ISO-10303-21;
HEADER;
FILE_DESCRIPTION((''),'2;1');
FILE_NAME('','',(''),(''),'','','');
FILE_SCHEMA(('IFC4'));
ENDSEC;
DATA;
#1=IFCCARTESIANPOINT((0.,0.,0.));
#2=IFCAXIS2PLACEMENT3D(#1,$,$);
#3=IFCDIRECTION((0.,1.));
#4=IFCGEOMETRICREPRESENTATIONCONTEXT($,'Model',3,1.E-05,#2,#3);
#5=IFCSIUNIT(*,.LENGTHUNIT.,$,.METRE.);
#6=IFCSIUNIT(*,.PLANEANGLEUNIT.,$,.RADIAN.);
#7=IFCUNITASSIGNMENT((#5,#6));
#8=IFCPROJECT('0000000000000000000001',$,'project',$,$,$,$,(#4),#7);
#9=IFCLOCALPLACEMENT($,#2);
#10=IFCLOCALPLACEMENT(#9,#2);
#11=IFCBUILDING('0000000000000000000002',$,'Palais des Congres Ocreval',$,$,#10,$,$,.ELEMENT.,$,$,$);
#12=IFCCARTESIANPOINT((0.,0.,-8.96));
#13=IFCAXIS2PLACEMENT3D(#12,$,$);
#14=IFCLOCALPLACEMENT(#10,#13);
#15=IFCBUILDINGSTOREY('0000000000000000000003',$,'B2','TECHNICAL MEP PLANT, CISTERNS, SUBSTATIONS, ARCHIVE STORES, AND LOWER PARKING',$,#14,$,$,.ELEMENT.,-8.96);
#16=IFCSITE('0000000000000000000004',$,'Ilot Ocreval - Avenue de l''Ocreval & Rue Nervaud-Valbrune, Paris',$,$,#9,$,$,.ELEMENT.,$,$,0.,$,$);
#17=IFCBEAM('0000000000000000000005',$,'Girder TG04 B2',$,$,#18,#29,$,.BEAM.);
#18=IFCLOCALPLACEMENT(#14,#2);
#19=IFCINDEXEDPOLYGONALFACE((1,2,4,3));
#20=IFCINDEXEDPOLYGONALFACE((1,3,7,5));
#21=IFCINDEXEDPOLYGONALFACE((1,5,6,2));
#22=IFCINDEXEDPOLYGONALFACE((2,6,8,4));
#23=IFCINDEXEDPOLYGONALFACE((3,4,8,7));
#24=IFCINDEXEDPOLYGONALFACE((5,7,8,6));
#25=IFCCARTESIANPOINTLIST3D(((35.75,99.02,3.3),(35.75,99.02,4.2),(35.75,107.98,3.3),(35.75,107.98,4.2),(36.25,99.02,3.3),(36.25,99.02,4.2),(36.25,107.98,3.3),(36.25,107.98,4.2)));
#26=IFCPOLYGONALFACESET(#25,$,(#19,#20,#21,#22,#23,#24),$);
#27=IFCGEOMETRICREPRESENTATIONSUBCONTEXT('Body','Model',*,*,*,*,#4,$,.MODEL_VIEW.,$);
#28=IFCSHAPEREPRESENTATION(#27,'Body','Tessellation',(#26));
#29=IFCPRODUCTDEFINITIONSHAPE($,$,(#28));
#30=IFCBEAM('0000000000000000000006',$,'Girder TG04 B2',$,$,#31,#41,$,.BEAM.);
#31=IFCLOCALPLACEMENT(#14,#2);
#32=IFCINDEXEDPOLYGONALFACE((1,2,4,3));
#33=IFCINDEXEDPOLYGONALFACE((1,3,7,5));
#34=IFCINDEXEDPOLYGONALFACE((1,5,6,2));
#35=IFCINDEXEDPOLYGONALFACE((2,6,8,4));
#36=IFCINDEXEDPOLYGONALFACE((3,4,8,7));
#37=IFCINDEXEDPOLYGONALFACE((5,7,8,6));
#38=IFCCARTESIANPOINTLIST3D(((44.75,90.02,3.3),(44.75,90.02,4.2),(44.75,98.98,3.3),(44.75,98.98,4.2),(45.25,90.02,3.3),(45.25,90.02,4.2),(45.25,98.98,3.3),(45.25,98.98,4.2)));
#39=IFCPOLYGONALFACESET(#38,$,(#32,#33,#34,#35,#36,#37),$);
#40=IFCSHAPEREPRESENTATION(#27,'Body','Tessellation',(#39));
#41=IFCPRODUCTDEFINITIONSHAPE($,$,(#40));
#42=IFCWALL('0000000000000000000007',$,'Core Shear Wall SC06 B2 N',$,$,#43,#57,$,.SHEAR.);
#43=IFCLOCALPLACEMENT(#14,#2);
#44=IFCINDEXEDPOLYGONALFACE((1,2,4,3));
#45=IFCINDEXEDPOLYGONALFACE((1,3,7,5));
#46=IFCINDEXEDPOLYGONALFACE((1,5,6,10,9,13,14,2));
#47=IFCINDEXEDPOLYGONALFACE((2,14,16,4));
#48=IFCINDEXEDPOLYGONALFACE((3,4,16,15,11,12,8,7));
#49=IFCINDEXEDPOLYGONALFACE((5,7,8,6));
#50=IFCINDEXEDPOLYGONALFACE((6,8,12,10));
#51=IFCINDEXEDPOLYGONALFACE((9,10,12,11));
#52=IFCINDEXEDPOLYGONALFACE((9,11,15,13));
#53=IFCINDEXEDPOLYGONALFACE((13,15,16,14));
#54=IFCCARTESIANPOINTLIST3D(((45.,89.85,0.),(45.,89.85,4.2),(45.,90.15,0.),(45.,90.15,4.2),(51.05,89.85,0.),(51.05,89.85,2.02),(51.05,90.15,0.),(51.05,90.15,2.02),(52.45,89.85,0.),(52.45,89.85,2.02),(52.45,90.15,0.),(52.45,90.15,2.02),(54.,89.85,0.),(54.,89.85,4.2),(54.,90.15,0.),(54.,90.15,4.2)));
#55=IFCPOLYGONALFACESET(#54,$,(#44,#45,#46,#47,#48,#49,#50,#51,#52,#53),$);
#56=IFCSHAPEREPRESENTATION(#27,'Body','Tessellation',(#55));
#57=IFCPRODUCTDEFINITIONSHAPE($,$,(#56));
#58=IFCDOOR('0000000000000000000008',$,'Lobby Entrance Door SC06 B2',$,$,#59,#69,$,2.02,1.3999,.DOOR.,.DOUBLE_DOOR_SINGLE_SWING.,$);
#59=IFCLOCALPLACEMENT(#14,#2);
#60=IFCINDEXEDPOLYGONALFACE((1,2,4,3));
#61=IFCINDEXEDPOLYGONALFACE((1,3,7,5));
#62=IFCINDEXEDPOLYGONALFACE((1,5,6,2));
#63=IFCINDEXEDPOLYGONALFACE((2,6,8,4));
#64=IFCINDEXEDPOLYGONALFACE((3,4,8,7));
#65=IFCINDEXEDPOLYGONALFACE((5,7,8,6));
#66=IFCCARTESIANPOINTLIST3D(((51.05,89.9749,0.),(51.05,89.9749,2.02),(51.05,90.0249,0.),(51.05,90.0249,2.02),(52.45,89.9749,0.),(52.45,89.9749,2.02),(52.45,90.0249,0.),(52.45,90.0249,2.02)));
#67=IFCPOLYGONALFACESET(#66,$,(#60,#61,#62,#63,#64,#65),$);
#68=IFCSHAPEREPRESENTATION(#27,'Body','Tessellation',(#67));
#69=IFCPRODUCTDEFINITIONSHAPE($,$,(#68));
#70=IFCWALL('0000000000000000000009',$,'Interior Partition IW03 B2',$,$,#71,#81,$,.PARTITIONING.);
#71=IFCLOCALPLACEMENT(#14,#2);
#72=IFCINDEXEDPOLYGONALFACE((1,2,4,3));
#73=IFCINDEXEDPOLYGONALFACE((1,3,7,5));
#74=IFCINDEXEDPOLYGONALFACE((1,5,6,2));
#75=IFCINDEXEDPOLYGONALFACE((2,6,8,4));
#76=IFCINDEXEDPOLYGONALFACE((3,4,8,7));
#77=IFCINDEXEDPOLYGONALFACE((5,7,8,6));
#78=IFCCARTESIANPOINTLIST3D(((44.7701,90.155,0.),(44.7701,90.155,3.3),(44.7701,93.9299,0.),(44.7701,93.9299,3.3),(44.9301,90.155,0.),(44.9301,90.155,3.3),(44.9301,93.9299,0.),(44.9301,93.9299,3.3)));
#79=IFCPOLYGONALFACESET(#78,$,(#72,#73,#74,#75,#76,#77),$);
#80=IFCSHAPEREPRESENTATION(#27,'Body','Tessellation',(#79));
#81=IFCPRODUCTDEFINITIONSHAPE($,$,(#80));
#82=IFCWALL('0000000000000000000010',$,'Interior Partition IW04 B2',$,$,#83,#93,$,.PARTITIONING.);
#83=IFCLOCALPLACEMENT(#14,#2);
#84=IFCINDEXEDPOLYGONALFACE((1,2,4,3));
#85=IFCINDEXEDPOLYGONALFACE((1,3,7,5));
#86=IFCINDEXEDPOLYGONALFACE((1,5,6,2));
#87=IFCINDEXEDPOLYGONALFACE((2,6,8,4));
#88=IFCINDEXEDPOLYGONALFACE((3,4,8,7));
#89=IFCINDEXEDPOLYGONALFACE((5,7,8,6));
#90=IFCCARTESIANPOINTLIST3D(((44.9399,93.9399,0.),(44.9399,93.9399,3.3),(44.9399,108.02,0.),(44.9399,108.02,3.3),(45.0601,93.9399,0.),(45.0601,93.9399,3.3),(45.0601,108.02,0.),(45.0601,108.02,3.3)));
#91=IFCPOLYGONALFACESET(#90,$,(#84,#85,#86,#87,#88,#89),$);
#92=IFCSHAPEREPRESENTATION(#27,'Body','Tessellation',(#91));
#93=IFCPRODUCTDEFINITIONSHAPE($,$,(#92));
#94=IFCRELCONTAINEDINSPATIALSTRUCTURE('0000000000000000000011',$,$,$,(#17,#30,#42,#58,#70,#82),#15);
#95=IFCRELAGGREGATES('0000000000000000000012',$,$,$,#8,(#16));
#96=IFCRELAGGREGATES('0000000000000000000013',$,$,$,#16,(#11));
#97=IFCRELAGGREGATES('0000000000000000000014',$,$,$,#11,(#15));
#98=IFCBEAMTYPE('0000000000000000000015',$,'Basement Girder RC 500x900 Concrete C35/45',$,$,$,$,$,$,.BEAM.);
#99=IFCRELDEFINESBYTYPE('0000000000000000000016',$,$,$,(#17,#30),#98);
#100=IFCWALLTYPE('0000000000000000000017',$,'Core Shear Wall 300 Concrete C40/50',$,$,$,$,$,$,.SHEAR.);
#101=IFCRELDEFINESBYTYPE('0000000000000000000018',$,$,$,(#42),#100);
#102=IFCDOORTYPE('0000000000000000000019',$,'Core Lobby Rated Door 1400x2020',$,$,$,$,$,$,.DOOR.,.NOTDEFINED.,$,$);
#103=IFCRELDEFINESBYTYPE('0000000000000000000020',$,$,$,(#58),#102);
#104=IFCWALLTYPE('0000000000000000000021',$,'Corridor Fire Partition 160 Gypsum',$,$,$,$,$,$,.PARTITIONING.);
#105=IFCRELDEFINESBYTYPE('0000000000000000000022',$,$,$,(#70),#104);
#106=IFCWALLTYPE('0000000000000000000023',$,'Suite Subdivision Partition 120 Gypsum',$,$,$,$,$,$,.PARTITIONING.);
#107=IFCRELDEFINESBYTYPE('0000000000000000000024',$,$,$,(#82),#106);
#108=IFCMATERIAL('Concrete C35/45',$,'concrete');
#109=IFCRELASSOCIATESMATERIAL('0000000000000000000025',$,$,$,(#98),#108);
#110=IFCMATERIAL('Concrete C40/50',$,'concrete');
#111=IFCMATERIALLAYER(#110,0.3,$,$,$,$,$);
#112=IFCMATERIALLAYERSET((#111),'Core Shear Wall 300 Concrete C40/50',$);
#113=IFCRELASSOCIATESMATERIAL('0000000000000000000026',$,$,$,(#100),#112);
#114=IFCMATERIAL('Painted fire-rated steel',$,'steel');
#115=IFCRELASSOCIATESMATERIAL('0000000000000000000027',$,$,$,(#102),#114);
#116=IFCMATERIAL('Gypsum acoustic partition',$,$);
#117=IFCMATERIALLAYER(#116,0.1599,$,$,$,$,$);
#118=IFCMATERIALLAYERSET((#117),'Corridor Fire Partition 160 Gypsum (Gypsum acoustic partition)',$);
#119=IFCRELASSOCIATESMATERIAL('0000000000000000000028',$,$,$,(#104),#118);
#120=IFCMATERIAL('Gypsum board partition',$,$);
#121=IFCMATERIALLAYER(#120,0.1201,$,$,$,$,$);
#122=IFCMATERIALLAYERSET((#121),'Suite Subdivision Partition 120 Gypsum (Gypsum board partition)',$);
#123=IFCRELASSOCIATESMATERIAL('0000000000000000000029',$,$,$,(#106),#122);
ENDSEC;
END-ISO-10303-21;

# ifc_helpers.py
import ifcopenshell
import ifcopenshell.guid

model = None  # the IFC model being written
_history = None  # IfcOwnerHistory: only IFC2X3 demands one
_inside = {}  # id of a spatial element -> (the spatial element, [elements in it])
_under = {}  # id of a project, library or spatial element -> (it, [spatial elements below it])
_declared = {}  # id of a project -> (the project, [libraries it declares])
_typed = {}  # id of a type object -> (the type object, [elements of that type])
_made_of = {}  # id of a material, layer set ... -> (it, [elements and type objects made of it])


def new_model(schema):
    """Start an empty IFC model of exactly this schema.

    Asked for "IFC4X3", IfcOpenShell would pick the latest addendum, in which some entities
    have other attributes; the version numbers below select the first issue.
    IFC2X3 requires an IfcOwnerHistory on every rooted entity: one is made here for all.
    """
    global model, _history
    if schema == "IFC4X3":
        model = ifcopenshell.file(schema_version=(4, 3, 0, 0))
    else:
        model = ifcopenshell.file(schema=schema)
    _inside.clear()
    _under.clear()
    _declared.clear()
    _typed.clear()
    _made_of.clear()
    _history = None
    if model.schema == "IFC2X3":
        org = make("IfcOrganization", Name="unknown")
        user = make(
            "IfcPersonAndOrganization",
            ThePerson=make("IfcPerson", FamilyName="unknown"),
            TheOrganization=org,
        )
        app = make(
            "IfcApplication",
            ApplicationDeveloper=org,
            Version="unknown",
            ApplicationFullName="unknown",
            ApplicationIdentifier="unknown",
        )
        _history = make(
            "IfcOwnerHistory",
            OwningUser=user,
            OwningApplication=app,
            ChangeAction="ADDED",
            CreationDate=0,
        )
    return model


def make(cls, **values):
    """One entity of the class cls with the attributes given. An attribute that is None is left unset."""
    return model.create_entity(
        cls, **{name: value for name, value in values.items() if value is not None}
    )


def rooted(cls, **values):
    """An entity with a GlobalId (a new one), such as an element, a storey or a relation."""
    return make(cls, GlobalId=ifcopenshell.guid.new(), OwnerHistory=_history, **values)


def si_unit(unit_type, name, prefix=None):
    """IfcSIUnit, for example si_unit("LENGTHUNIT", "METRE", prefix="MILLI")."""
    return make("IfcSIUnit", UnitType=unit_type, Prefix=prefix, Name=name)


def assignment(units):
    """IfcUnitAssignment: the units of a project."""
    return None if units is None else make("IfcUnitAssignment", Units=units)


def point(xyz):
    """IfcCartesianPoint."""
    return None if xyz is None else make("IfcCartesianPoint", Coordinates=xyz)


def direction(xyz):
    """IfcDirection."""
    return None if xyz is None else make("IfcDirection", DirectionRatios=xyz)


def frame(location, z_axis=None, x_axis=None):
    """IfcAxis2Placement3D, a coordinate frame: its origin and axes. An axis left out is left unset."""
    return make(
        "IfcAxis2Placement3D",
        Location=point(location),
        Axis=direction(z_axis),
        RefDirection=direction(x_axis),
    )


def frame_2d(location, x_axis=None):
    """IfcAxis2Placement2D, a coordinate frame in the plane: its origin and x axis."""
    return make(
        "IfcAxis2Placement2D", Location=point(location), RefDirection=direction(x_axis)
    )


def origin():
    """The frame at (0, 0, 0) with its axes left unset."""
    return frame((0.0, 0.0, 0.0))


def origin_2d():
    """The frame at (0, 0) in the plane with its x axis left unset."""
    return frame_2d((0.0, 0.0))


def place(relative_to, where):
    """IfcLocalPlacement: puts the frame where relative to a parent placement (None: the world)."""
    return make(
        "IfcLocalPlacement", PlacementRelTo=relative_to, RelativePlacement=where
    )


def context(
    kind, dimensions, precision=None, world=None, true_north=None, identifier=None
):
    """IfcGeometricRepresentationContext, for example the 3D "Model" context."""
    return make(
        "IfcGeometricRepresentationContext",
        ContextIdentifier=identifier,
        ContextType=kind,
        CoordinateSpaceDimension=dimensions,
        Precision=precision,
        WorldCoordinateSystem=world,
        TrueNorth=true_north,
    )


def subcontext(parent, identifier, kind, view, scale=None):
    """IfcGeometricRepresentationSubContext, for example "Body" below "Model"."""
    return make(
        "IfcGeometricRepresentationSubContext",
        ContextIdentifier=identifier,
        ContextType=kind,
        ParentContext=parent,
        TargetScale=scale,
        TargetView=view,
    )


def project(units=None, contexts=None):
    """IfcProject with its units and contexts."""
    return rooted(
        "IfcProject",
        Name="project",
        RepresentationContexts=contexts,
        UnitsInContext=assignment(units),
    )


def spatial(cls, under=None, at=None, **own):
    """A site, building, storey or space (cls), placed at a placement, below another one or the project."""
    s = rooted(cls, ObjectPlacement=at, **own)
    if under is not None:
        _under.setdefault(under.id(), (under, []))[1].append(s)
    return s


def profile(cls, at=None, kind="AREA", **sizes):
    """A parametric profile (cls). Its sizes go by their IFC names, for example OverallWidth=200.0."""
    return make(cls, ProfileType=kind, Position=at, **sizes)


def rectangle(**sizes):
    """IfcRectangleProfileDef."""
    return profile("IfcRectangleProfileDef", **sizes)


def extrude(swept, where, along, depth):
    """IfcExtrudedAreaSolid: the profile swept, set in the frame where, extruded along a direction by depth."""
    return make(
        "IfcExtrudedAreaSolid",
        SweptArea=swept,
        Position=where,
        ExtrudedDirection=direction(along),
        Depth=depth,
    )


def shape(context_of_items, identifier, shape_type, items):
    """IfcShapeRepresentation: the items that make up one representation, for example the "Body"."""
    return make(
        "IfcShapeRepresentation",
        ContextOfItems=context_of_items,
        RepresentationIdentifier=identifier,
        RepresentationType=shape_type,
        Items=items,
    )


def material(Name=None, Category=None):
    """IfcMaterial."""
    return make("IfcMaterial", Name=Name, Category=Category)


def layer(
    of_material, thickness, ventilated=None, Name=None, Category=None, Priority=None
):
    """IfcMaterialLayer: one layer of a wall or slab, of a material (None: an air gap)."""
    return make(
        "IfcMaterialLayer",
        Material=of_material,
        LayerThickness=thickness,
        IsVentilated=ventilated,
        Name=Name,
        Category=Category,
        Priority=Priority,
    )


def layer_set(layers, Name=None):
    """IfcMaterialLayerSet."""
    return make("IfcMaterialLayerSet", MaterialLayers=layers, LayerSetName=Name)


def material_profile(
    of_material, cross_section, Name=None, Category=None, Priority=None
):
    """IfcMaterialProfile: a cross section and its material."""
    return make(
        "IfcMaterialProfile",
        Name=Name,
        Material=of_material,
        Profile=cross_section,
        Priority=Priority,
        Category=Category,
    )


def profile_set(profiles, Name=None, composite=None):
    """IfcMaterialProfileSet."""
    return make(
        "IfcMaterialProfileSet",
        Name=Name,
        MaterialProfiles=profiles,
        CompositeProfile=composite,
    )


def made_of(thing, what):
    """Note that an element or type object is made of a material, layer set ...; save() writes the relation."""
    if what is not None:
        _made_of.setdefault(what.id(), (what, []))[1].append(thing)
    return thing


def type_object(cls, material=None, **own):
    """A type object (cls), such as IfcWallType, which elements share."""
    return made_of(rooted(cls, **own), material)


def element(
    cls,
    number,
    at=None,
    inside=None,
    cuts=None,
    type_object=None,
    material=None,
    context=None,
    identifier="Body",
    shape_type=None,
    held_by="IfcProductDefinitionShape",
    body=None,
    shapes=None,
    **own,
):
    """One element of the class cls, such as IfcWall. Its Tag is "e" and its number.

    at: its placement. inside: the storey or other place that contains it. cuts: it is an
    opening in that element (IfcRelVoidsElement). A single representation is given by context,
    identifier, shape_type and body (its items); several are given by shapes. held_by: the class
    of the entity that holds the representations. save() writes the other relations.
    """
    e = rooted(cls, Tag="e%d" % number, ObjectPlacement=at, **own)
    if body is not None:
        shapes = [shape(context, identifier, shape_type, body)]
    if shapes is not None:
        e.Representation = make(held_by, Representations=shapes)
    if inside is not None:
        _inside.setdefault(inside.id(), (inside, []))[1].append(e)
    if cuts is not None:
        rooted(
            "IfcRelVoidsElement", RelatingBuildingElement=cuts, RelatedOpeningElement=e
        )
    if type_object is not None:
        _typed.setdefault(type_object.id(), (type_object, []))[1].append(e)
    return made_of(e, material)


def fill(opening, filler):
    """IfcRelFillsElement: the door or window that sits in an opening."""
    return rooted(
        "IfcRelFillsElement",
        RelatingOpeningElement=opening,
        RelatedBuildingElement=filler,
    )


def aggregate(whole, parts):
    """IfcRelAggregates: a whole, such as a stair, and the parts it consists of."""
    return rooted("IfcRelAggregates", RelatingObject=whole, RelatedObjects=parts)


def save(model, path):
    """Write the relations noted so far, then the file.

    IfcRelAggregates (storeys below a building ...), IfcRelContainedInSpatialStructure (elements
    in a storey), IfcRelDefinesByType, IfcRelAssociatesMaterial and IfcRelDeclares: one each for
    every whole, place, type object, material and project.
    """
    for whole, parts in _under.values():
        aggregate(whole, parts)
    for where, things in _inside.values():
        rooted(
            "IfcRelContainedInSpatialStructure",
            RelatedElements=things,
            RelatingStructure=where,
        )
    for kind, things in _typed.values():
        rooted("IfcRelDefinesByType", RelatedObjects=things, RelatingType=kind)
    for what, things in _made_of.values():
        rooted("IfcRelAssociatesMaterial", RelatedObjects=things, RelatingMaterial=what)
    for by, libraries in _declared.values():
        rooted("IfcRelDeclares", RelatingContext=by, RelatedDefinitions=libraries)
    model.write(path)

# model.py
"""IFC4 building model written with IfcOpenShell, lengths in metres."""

from ifc_helpers import new_model, si_unit, direction, frame, frame_2d, origin, origin_2d, place, context, subcontext, project, spatial, rectangle, extrude, material, layer, layer_set, material_profile, profile_set, type_object, element, fill, save


model = new_model("IFC4")

# Units and contexts
model_context = context("Model", 3, precision=1e-05, world=origin(), true_north=direction((0.0, 1.0)))
body_context = subcontext(model_context, "Body", "Model", "MODEL_VIEW")
ifc_project = project(units=[si_unit("LENGTHUNIT", "METRE"), si_unit("PLANEANGLEUNIT", "RADIAN")], contexts=[model_context])

# Site, building, storey
site_placement = place(None, origin())
site = spatial("IfcSite", under=ifc_project, at=site_placement, Name="Ilot Ocreval - Avenue de l'Ocreval & Rue Nervaud-Valbrune, Paris", CompositionType="ELEMENT", RefElevation=0.0)
building_placement = place(site_placement, origin())
building = spatial("IfcBuilding", under=site, at=building_placement, Name="Palais des Congres Ocreval", CompositionType="ELEMENT")
storey_placement = place(building_placement, frame((0.0, 0.0, -8.96)))
storey = spatial("IfcBuildingStorey", under=building, at=storey_placement, Name="B2", Description="TECHNICAL MEP PLANT, CISTERNS, SUBSTATIONS, ARCHIVE STORES, AND LOWER PARKING", CompositionType="ELEMENT", Elevation=-8.96)

# Shared definitions
ifc_material_1 = material(Name="Concrete C35/45", Category="concrete")

# Beams
ifc_material_profile_1 = material_profile(ifc_material_1, rectangle(XDim=0.5, YDim=0.8999, at=origin_2d()), Name="RC 500x900")
ifc_profile_set_1 = profile_set([ifc_material_profile_1], Name="Concrete C35/45")
beam_type = type_object("IfcBeamType", Name="Basement Girder RC 500x900 Concrete C35/45", PredefinedType="BEAM", material=ifc_profile_set_1)
for number, where, z_axis, x_axis, name in (
    (1, (36.0, 99.02, 3.75), (0.0, 1.0, 0.0), (-1.0, 0.0, 0.0), "Girder TG04 B2"),
    (2, (45.0, 90.02, 3.75), (0.0, 1.0, 0.0), (-1.0, 0.0, 0.0), "Girder TG04 B2"),
):
    element("IfcBeam", number, at=place(storey_placement, frame(where, z_axis=z_axis, x_axis=x_axis)), inside=storey, type_object=beam_type, Name=name, PredefinedType="BEAM", context=body_context, shape_type="SweptSolid", body=[
        extrude(rectangle(XDim=0.5, YDim=0.8999, at=origin_2d()), origin(), (0.0, 0.0, 1.0), 8.96),
    ])

# Wall, opening, door
ifc_material_2 = material(Name="Concrete C40/50", Category="concrete")
ifc_layer_1 = layer(ifc_material_2, 0.3)
ifc_layer_set_1 = layer_set([ifc_layer_1], Name="Core Shear Wall 300 Concrete C40/50")
wall_type_1 = type_object("IfcWallType", Name="Core Shear Wall 300 Concrete C40/50", PredefinedType="SHEAR", material=ifc_layer_set_1)
wall_1_placement = place(storey_placement, frame((45.0, 90.0, 0.0), z_axis=(0.0, 0.0, 1.0), x_axis=(1.0, 0.0, 0.0)))
wall_1 = element("IfcWall", 3, at=wall_1_placement, inside=storey, type_object=wall_type_1, Name="Core Shear Wall SC06 B2 N", PredefinedType="SHEAR", context=body_context, shape_type="SweptSolid", body=[
    extrude(rectangle(XDim=9.0, YDim=0.3, at=frame_2d((4.5, 0.0))), origin(), (0.0, 0.0, 1.0), 4.2),
])
opening_placement = place(wall_1_placement, frame((6.05, 0.0, 0.0)))
opening = element("IfcOpeningElement", 4, at=opening_placement, cuts=wall_1, PredefinedType="OPENING", context=body_context, shape_type="SweptSolid", body=[
    extrude(rectangle(XDim=1.3999, YDim=2.02, at=frame_2d((0.7, 1.01))), frame((0.0, 0.1599, 0.0), z_axis=(0.0, -1.0, 0.0), x_axis=(1.0, 0.0, 0.0)), (0.0, 0.0, 1.0), 0.3201),
])
ifc_material_3 = material(Name="Painted fire-rated steel", Category="steel")
door_type = type_object("IfcDoorType", Name="Core Lobby Rated Door 1400x2020", OperationType="NOTDEFINED", PredefinedType="DOOR", material=ifc_material_3)
door_placement = place(opening_placement, origin())
door = element("IfcDoor", 5, at=door_placement, inside=storey, type_object=door_type, Name="Lobby Entrance Door SC06 B2", OperationType="DOUBLE_DOOR_SINGLE_SWING", OverallHeight=2.02, OverallWidth=1.3999, PredefinedType="DOOR", context=body_context, shape_type="SweptSolid", body=[
    extrude(rectangle(XDim=1.3999, YDim=2.02, at=frame_2d((0.7, 1.01))), frame((0.0, 0.0249, 0.0), z_axis=(0.0, -1.0, 0.0), x_axis=(1.0, 0.0, 0.0)), (0.0, 0.0, 1.0), 0.05),
])
fill(opening, door)

# Walls
ifc_material_4 = material(Name="Gypsum acoustic partition")
ifc_layer_2 = layer(ifc_material_4, 0.1599)
ifc_layer_set_2 = layer_set([ifc_layer_2], Name="Corridor Fire Partition 160 Gypsum (Gypsum acoustic partition)")
wall_type_2 = type_object("IfcWallType", Name="Corridor Fire Partition 160 Gypsum", PredefinedType="PARTITIONING", material=ifc_layer_set_2)
wall_2_placement = place(storey_placement, frame((44.8501, 90.155, 0.0), z_axis=(0.0, 0.0, 1.0), x_axis=(0.0, 1.0, 0.0)))
element("IfcWall", 6, at=wall_2_placement, inside=storey, type_object=wall_type_2, Name="Interior Partition IW03 B2", PredefinedType="PARTITIONING", context=body_context, shape_type="SweptSolid", body=[
    extrude(rectangle(XDim=3.7749, YDim=0.1599, at=frame_2d((1.8875, 0.0))), origin(), (0.0, 0.0, 1.0), 3.3),
])
ifc_material_5 = material(Name="Gypsum board partition")
ifc_layer_3 = layer(ifc_material_5, 0.1201)
ifc_layer_set_3 = layer_set([ifc_layer_3], Name="Suite Subdivision Partition 120 Gypsum (Gypsum board partition)")
wall_type_3 = type_object("IfcWallType", Name="Suite Subdivision Partition 120 Gypsum", PredefinedType="PARTITIONING", material=ifc_layer_set_3)
wall_3_placement = place(storey_placement, frame((45.0, 93.9399, 0.0), z_axis=(0.0, 0.0, 1.0), x_axis=(0.0, 1.0, 0.0)))
element("IfcWall", 7, at=wall_3_placement, inside=storey, type_object=wall_type_3, Name="Interior Partition IW04 B2", PredefinedType="PARTITIONING", context=body_context, shape_type="SweptSolid", body=[
    extrude(rectangle(XDim=14.0801, YDim=0.1201, at=frame_2d((7.04, 0.0))), origin(), (0.0, 0.0, 1.0), 3.3),
])

save(model, "model.ifc")
